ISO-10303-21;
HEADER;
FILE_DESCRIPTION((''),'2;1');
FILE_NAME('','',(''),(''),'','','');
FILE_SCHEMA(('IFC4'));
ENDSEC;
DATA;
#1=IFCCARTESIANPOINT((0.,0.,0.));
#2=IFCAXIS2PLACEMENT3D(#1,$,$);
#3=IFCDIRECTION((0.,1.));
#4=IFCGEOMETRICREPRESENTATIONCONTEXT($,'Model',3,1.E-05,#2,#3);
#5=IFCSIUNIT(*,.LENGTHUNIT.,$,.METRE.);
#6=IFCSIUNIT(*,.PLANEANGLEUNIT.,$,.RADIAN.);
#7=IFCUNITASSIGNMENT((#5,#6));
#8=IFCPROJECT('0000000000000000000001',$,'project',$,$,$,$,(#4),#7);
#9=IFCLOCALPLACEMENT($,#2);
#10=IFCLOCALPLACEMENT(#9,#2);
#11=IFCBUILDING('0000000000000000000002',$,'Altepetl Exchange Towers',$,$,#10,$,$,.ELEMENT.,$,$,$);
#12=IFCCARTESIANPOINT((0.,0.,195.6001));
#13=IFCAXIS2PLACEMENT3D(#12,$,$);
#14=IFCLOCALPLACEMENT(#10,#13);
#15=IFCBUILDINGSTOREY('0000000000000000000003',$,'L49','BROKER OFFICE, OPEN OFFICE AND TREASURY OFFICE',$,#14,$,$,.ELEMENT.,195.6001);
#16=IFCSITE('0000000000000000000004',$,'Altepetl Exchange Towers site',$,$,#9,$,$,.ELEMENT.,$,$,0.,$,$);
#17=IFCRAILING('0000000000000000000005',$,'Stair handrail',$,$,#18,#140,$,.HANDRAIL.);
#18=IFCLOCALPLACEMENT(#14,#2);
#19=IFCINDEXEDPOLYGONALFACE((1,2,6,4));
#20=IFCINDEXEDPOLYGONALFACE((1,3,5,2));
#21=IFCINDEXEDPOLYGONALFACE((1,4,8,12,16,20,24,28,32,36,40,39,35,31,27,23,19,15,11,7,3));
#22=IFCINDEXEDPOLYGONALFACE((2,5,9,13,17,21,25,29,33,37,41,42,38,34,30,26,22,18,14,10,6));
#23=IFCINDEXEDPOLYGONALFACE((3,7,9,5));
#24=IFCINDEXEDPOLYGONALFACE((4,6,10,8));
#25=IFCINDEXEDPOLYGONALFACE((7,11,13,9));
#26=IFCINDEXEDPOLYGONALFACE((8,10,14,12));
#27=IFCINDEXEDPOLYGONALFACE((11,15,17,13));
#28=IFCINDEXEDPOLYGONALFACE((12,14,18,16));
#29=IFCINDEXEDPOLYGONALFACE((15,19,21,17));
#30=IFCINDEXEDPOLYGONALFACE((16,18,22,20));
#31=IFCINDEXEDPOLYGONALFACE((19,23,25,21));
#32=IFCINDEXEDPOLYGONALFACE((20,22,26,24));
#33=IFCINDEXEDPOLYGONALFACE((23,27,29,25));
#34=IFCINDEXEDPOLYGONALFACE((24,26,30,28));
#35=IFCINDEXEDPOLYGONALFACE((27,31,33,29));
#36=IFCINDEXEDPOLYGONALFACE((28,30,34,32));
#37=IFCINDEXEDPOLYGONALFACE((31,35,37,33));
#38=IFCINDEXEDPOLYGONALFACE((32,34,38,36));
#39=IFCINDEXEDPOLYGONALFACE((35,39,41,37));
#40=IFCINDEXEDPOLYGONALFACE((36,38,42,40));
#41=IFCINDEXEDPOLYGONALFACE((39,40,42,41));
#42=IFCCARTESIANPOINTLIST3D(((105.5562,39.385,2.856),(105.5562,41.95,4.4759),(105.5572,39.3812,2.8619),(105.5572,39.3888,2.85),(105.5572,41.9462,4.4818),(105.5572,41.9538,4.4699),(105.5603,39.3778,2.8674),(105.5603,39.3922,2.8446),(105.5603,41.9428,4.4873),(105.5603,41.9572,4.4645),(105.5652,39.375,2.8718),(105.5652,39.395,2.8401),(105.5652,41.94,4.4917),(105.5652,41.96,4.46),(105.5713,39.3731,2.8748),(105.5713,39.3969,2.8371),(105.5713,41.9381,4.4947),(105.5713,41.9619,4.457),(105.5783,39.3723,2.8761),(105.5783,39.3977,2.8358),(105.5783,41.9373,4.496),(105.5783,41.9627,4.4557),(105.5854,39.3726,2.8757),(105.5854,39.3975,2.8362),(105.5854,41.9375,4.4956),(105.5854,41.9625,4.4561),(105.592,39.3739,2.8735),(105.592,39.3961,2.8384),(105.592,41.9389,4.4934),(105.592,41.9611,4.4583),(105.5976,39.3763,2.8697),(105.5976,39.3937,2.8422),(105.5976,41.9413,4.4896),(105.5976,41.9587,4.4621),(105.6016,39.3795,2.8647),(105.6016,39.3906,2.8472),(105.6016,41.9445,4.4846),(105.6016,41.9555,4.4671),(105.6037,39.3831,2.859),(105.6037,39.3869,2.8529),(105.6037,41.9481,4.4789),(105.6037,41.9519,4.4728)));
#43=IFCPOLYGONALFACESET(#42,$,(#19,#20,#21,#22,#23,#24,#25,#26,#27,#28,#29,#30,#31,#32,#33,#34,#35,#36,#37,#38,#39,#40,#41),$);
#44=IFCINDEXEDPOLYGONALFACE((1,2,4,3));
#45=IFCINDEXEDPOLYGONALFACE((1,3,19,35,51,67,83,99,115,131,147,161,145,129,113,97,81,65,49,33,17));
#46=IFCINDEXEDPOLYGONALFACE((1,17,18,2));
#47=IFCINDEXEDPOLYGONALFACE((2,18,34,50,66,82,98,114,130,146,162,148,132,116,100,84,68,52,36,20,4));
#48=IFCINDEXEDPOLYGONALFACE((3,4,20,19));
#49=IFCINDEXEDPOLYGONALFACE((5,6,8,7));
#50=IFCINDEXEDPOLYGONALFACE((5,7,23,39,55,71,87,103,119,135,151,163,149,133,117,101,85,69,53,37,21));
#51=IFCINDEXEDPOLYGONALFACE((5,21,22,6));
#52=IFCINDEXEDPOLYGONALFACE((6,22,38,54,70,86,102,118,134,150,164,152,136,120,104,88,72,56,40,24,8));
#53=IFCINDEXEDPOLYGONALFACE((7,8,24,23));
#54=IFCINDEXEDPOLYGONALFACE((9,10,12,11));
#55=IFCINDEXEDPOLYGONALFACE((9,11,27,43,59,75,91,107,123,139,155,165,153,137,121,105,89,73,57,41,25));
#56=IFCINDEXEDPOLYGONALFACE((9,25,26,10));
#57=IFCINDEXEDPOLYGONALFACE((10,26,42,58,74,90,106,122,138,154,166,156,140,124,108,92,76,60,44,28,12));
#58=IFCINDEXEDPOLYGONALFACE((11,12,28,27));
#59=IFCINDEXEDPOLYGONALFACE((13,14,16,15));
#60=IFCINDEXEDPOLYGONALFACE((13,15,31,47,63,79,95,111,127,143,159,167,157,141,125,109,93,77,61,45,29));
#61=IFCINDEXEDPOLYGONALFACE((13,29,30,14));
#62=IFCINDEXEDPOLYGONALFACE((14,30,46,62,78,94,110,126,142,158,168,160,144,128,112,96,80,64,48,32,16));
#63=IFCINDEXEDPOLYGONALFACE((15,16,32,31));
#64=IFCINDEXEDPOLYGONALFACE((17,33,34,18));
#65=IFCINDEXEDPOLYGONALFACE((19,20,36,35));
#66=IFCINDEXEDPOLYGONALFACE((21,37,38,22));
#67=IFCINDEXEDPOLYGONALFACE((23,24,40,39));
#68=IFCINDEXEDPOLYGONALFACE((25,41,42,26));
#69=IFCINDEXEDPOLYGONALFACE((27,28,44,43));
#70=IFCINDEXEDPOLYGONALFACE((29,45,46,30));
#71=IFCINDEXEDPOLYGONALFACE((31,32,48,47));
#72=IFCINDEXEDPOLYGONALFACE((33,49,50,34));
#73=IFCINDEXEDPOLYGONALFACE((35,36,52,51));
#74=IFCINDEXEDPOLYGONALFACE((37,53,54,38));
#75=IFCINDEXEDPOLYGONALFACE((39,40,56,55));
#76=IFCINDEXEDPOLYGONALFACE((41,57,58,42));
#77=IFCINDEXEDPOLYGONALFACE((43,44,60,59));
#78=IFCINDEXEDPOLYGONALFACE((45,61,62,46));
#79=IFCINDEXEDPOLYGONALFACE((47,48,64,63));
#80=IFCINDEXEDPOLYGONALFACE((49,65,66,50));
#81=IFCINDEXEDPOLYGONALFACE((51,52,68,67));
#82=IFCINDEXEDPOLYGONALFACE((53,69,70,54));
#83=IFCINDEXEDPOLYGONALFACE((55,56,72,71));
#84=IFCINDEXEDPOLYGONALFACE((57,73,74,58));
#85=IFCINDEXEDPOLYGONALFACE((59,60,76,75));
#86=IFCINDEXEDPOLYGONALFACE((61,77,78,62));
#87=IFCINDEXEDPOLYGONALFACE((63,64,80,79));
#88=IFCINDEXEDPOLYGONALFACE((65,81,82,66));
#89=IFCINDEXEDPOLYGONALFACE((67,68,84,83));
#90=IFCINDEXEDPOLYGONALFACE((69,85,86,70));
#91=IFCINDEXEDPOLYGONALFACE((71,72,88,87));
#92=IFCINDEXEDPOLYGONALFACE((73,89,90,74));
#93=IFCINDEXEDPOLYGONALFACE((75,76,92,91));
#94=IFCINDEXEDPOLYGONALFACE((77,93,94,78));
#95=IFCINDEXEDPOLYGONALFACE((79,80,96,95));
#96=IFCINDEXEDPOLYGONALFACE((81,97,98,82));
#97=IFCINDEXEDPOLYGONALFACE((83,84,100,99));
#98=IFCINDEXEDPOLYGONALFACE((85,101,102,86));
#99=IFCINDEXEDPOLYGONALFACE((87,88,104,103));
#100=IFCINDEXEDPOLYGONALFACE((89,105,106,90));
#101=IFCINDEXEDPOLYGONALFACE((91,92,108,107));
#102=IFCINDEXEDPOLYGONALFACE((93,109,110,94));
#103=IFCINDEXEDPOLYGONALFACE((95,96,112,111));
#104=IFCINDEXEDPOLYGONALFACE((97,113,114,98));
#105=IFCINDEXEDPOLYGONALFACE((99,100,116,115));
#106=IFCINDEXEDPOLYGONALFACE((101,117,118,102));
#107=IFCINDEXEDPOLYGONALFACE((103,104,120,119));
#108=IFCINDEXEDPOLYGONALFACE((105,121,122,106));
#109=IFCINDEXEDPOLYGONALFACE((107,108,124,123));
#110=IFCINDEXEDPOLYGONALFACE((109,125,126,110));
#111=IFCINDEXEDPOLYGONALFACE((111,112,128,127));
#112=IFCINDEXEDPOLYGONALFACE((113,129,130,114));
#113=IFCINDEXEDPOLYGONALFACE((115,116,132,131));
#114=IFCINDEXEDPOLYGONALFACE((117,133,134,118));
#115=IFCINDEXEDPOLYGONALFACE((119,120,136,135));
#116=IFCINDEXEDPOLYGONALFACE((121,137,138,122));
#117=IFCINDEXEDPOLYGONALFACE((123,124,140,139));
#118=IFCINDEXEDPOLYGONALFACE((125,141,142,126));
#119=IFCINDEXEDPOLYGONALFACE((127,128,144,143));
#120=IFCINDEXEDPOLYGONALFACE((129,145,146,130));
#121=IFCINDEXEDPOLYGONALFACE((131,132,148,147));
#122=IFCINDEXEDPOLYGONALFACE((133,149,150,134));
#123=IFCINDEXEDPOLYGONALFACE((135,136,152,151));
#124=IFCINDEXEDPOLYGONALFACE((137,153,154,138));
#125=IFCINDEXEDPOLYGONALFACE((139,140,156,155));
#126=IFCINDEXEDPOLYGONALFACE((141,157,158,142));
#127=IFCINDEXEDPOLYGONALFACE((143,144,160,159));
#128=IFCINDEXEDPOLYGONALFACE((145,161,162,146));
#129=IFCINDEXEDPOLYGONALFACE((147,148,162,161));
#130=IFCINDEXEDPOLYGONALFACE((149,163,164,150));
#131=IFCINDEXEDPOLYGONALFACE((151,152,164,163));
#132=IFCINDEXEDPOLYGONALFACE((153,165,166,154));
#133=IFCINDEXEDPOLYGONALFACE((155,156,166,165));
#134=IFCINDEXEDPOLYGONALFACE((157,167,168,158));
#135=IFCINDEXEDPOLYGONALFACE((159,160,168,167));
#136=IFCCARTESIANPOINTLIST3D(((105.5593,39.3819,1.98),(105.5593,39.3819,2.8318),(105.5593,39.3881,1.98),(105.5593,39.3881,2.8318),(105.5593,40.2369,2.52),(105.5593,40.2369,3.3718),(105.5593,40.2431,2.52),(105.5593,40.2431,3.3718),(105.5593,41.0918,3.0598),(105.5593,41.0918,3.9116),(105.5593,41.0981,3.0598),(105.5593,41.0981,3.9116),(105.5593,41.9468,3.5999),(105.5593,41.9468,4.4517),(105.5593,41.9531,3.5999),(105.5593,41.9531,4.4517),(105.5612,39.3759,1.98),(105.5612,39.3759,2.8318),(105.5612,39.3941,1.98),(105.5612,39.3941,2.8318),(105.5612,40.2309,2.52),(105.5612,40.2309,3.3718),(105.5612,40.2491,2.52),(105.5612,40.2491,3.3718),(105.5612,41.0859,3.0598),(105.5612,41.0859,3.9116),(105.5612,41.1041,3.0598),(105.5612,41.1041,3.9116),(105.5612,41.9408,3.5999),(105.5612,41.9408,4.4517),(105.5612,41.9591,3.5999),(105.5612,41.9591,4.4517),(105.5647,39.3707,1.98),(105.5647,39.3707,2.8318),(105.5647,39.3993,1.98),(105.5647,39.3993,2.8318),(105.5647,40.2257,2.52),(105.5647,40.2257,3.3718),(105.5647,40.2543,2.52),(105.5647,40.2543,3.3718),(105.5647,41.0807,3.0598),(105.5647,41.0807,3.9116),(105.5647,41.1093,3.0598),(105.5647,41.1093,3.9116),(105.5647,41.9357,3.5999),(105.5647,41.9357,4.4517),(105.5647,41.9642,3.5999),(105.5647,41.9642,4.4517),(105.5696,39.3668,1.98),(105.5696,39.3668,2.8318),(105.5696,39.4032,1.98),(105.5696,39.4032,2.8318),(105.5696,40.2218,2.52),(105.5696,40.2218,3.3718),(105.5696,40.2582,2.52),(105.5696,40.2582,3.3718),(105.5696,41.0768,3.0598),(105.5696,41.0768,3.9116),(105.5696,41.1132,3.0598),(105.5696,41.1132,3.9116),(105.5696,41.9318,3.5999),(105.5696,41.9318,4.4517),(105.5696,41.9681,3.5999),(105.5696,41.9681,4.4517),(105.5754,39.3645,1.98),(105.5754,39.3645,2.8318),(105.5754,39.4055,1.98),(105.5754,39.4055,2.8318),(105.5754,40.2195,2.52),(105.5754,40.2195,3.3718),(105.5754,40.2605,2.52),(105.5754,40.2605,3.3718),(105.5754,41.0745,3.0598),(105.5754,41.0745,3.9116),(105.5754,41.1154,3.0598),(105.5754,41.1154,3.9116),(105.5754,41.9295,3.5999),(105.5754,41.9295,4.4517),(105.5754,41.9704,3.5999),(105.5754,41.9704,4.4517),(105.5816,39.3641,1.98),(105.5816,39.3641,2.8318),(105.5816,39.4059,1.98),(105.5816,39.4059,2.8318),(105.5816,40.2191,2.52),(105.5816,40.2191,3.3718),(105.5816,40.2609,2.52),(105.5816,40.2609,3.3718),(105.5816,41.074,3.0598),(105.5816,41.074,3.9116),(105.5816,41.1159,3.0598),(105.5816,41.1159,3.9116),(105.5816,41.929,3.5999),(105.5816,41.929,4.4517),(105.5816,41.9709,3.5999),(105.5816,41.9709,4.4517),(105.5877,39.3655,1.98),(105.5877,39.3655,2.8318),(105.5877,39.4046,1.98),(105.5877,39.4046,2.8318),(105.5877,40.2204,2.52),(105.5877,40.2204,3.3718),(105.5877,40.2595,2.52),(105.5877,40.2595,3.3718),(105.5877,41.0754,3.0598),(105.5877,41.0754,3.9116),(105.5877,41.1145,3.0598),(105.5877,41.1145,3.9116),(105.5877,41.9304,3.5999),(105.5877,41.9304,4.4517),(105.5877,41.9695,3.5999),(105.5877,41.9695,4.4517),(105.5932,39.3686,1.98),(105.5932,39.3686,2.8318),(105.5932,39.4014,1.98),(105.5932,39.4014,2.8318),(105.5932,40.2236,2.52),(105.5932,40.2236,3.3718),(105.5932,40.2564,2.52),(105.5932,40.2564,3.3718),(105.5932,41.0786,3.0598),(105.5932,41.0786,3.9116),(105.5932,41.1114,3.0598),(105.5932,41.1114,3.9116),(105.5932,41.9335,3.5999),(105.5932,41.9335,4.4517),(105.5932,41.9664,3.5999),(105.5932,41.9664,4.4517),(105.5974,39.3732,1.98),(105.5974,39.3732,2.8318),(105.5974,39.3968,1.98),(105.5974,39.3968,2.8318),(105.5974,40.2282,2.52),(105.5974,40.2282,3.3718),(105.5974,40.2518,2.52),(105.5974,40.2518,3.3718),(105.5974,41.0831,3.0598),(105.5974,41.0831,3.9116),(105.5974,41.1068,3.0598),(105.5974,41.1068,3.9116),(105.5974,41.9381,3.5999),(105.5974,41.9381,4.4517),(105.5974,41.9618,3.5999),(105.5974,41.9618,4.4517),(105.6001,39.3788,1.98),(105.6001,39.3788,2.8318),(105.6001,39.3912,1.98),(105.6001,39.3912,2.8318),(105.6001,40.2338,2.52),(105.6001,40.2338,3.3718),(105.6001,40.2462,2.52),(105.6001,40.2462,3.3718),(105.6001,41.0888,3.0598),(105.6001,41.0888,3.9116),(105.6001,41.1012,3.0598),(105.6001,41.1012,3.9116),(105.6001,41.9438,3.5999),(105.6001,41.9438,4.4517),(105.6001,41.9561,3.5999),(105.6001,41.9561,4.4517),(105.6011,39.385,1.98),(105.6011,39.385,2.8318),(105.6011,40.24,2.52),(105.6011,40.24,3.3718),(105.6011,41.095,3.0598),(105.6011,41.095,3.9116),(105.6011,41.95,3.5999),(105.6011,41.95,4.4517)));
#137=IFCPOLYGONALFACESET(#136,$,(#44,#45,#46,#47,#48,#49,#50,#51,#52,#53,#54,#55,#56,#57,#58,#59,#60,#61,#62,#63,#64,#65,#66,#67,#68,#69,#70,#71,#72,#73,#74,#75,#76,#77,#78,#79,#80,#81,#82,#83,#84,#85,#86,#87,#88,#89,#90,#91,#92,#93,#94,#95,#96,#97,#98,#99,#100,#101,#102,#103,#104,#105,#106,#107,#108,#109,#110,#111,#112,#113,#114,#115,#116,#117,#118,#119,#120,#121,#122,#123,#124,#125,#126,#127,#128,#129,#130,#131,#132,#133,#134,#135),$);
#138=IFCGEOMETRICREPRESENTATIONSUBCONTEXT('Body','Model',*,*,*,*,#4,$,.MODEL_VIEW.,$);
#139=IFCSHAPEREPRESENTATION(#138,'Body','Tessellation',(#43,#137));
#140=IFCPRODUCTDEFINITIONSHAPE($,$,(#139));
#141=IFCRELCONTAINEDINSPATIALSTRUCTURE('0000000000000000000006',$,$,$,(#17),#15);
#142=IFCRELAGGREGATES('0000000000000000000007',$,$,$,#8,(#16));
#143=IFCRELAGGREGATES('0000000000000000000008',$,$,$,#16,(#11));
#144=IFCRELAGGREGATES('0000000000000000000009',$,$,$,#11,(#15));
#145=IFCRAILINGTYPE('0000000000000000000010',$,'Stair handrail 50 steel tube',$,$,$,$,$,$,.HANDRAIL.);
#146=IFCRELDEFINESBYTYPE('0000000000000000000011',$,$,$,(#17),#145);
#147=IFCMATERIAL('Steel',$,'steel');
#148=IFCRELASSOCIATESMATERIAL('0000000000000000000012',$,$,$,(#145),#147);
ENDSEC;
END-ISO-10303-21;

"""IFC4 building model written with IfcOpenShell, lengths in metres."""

from ifc_helpers import new_model, si_unit, direction, frame, origin, origin_2d, place, context, subcontext, project, spatial, circle, extrude, source, transform, mapped, material, type_object, element, save


model = new_model("IFC4")

# Units and contexts
model_context = context("Model", 3, precision=1e-05, world=origin(), true_north=direction((0.0, 1.0)))
body_context = subcontext(model_context, "Body", "Model", "MODEL_VIEW")
ifc_project = project(units=[si_unit("LENGTHUNIT", "METRE"), si_unit("PLANEANGLEUNIT", "RADIAN")], contexts=[model_context])

# Site, building, storey
site_placement = place(None, origin())
site = spatial("IfcSite", under=ifc_project, at=site_placement, Name="Altepetl Exchange Towers site", CompositionType="ELEMENT", RefElevation=0.0)
building_placement = place(site_placement, origin())
building = spatial("IfcBuilding", under=site, at=building_placement, Name="Altepetl Exchange Towers", CompositionType="ELEMENT")
storey_placement = place(building_placement, frame((0.0, 0.0, 195.6001)))
storey = spatial("IfcBuildingStorey", under=building, at=storey_placement, Name="L49", Description="BROKER OFFICE, OPEN OFFICE AND TREASURY OFFICE", CompositionType="ELEMENT", Elevation=195.6001)

# Railing
ifc_material_1 = material(Name="Steel", Category="steel")
railing_type = type_object("IfcRailingType", Name="Stair handrail 50 steel tube", PredefinedType="HANDRAIL", material=ifc_material_1)
shared_shape = source(origin(), body_context, "Body", "SweptSolid", [
    extrude(circle(Radius=0.021, at=origin_2d()), origin(), (0.0, 0.0, 1.0), 0.8518),
])
railing_1_placement = place(storey_placement, frame((105.5801, 39.385, 1.98)))
element("IfcRailing", 1, at=railing_1_placement, inside=storey, type_object=railing_type, Name="Stair handrail", PredefinedType="HANDRAIL", context=body_context, shape_type="SweptSolid", body=[
    extrude(circle(Radius=0.0239, at=origin_2d()), frame((0.0, 0.0, 0.876), z_axis=(0.0, 0.845502, 0.533972), x_axis=(-1.0, 0.0, 0.0)), (0.0, 0.0, 1.0), 3.0337),
    mapped(shared_shape, transform((0.0, 0.0, 0.0))),
    mapped(shared_shape, transform((0.0, 0.855, 0.54))),
    mapped(shared_shape, transform((0.0, 1.71, 1.0798))),
    mapped(shared_shape, transform((0.0, 2.5649, 1.6199))),
])

save(model, "model.ifc")
